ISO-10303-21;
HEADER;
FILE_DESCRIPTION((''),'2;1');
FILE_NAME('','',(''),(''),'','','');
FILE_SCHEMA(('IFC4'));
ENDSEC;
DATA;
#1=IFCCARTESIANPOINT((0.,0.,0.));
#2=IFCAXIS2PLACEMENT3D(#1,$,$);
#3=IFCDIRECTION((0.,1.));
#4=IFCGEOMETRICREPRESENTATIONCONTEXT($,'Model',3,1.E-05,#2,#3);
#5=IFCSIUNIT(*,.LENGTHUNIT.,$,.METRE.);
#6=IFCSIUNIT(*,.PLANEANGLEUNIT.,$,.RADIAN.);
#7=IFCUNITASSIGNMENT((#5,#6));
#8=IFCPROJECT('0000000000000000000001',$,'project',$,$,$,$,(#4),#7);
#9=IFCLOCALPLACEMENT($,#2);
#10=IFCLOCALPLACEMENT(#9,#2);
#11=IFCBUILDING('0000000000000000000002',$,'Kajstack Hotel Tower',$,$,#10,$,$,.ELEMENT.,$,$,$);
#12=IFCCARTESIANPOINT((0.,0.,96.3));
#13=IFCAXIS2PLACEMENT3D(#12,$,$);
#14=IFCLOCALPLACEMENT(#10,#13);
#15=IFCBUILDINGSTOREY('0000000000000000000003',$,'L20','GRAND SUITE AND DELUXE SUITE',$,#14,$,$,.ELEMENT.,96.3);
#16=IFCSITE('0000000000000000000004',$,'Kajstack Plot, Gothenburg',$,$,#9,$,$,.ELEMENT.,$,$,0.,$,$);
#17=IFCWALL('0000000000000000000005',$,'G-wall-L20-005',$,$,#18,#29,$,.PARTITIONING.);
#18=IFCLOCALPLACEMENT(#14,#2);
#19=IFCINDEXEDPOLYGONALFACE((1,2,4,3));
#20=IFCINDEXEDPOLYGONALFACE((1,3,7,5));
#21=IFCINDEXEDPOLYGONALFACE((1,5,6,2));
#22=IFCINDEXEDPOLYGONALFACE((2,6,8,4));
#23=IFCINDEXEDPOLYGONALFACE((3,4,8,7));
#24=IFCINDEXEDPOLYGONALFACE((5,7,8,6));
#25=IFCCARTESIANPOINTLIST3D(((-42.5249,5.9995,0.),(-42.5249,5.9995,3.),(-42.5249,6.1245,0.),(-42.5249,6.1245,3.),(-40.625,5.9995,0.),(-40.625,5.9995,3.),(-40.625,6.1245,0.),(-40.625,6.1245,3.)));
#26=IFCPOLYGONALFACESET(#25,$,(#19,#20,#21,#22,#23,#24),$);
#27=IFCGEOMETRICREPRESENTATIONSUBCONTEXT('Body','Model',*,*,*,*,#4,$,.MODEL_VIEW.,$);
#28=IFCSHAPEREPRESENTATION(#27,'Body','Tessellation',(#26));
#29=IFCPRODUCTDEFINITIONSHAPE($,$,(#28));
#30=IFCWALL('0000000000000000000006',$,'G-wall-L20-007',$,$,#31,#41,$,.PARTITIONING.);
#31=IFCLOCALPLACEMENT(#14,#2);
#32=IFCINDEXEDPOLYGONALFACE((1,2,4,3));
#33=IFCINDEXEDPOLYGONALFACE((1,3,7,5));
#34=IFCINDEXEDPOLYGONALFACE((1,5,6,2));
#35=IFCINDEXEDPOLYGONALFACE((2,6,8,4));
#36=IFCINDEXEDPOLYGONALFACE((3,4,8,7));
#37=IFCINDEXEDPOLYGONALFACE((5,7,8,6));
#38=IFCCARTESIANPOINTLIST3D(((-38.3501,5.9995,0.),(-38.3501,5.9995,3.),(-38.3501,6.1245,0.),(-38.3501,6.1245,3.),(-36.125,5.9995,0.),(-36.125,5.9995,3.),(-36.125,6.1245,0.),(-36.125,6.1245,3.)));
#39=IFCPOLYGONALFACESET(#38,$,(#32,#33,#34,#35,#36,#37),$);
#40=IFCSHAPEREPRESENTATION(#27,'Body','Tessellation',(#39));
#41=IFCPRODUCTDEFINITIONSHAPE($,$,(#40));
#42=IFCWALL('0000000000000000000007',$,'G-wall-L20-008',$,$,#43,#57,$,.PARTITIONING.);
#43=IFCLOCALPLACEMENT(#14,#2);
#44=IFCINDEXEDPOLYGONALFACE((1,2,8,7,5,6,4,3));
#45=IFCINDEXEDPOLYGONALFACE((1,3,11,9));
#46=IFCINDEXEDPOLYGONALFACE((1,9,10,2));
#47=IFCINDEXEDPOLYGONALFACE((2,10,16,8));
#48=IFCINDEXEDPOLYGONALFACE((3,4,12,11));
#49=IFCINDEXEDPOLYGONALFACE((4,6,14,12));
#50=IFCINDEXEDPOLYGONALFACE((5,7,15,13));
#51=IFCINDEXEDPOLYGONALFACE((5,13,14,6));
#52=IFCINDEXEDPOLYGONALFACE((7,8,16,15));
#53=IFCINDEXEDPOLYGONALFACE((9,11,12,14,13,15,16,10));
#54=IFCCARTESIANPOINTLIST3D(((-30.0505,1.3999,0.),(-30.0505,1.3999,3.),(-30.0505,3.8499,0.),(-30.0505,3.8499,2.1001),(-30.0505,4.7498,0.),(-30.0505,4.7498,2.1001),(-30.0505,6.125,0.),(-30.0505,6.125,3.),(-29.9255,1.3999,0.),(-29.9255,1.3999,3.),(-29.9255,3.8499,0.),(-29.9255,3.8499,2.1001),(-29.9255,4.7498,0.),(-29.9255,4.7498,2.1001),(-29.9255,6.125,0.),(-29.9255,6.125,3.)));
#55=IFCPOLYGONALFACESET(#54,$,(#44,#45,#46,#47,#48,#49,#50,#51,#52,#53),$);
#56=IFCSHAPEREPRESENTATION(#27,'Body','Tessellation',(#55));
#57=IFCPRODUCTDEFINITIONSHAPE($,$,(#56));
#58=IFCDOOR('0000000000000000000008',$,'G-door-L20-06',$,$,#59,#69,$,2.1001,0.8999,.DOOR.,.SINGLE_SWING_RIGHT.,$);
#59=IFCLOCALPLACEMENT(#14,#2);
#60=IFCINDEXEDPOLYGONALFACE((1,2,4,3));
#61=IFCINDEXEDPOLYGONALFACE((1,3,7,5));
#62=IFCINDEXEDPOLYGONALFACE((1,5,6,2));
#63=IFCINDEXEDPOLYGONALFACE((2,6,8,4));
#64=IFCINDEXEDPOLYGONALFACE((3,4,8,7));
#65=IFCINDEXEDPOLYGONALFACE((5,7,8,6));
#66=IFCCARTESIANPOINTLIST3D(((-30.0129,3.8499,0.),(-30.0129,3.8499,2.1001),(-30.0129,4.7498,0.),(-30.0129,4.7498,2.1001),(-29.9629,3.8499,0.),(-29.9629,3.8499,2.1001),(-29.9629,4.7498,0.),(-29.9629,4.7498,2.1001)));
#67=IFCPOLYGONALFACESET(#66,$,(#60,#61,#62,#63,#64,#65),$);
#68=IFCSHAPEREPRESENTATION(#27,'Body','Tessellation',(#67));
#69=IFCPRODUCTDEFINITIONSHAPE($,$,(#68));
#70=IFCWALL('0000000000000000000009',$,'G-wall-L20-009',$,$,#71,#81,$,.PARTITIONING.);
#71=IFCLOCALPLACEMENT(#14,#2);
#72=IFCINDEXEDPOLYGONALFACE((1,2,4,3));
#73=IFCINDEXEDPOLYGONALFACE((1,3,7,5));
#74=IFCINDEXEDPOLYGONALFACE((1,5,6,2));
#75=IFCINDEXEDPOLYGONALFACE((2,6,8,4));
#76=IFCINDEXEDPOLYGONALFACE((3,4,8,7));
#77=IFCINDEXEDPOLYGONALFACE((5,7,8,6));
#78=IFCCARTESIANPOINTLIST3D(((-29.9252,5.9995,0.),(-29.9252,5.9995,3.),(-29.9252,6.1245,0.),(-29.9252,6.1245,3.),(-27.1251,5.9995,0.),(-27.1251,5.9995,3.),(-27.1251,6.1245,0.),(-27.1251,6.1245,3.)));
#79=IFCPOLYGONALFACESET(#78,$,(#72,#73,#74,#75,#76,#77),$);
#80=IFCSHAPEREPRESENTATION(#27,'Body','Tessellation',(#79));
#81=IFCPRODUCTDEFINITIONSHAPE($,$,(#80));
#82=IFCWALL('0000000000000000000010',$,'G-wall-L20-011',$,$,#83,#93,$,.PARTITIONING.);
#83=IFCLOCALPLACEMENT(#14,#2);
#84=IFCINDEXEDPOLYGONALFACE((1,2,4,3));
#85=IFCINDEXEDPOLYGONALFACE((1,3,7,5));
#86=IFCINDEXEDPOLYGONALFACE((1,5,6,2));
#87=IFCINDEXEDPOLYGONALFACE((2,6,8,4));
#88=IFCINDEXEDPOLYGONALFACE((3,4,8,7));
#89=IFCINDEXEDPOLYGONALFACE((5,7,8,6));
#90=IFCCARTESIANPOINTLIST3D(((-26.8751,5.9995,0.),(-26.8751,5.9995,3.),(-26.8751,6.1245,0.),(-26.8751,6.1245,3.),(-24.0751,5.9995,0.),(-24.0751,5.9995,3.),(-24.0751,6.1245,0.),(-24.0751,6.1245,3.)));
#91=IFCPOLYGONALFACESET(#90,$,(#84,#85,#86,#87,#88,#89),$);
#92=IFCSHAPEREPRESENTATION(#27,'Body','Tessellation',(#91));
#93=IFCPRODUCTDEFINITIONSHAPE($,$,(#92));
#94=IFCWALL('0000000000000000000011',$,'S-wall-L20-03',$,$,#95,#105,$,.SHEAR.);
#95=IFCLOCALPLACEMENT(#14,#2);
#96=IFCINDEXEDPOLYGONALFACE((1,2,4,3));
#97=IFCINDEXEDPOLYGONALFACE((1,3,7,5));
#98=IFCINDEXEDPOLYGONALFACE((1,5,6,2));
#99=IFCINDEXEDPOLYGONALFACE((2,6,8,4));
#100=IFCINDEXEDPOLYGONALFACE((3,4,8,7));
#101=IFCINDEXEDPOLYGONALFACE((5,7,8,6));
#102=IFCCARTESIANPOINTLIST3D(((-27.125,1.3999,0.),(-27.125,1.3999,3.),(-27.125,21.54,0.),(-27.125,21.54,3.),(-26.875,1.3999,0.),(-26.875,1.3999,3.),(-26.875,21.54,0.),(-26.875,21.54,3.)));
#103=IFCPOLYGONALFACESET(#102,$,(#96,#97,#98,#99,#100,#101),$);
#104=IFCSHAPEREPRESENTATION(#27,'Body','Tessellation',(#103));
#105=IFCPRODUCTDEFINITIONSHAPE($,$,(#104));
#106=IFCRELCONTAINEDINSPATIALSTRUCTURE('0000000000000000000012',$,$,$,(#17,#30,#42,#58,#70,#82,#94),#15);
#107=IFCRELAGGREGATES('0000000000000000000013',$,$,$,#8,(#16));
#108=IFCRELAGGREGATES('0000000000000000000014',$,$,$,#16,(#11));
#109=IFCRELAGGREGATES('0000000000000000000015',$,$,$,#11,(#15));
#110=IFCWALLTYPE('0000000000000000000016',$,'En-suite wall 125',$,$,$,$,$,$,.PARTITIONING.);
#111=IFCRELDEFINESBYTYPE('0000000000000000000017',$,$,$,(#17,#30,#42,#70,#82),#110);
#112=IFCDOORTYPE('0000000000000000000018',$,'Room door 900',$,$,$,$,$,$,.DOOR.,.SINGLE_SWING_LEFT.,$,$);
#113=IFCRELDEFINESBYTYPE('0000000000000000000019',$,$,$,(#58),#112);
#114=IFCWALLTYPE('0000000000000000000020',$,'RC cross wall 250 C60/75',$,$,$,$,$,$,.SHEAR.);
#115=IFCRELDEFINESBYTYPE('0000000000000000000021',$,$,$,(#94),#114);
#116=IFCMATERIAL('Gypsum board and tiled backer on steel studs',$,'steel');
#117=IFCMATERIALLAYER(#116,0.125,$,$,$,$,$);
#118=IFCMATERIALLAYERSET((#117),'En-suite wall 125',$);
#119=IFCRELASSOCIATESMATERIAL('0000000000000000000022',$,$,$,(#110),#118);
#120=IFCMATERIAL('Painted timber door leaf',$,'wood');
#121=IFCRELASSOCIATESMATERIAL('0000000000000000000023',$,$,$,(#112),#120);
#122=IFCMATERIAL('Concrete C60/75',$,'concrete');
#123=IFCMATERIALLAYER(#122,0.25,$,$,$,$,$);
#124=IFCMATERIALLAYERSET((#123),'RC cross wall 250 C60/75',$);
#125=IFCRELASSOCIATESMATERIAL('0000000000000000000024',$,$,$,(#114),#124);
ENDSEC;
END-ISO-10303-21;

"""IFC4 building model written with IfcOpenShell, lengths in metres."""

from ifc_helpers import new_model, si_unit, direction, frame, frame_2d, origin, place, context, subcontext, project, spatial, rectangle, extrude, material, layer, layer_set, type_object, element, fill, save


model = new_model("IFC4")

# Units and contexts
model_context = context("Model", 3, precision=1e-05, world=origin(), true_north=direction((0.0, 1.0)))
body_context = subcontext(model_context, "Body", "Model", "MODEL_VIEW")
ifc_project = project(units=[si_unit("LENGTHUNIT", "METRE"), si_unit("PLANEANGLEUNIT", "RADIAN")], contexts=[model_context])

# Site, building, storey
site_placement = place(None, origin())
site = spatial("IfcSite", under=ifc_project, at=site_placement, Name="Kajstack Plot, Gothenburg", CompositionType="ELEMENT", RefElevation=0.0)
building_placement = place(site_placement, origin())
building = spatial("IfcBuilding", under=site, at=building_placement, Name="Kajstack Hotel Tower", CompositionType="ELEMENT")
storey_placement = place(building_placement, frame((0.0, 0.0, 96.3)))
storey = spatial("IfcBuildingStorey", under=building, at=storey_placement, Name="L20", Description="GRAND SUITE AND DELUXE SUITE", CompositionType="ELEMENT", Elevation=96.3)

# Walls
ifc_material_1 = material(Name="Gypsum board and tiled backer on steel studs", Category="steel")
ifc_layer_1 = layer(ifc_material_1, 0.125)
ifc_layer_set_1 = layer_set([ifc_layer_1], Name="En-suite wall 125")
wall_type_1 = type_object("IfcWallType", Name="En-suite wall 125", PredefinedType="PARTITIONING", material=ifc_layer_set_1)
wall_1_placement = place(storey_placement, frame((-42.5249, 6.062, 0.0), z_axis=(0.0, 0.0, 1.0), x_axis=(1.0, 0.0, 0.0)))
element("IfcWall", 1, at=wall_1_placement, inside=storey, type_object=wall_type_1, Name="G-wall-L20-005", PredefinedType="PARTITIONING", context=body_context, shape_type="SweptSolid", body=[
    extrude(rectangle(XDim=1.8999, YDim=0.125, at=frame_2d((0.95, 0.0))), origin(), (0.0, 0.0, 1.0), 3.0),
])
wall_2_placement = place(storey_placement, frame((-38.3501, 6.062, 0.0), z_axis=(0.0, 0.0, 1.0), x_axis=(1.0, 0.0, 0.0)))
element("IfcWall", 2, at=wall_2_placement, inside=storey, type_object=wall_type_1, Name="G-wall-L20-007", PredefinedType="PARTITIONING", context=body_context, shape_type="SweptSolid", body=[
    extrude(rectangle(XDim=2.2251, YDim=0.125, at=frame_2d((1.1125, 0.0))), origin(), (0.0, 0.0, 1.0), 3.0),
])

# Wall, opening, door
wall_3_placement = place(storey_placement, frame((-29.988, 1.3999, 0.0), z_axis=(0.0, 0.0, 1.0), x_axis=(0.0, 1.0, 0.0)))
wall_3 = element("IfcWall", 3, at=wall_3_placement, inside=storey, type_object=wall_type_1, Name="G-wall-L20-008", PredefinedType="PARTITIONING", context=body_context, shape_type="SweptSolid", body=[
    extrude(rectangle(XDim=4.7251, YDim=0.125, at=frame_2d((2.3625, 0.0))), origin(), (0.0, 0.0, 1.0), 3.0),
])
opening_1_placement = place(wall_3_placement, frame((2.45, 0.0, 0.0)))
opening_1 = element("IfcOpeningElement", 4, at=opening_1_placement, cuts=wall_3, PredefinedType="OPENING", context=body_context, shape_type="SweptSolid", body=[
    extrude(rectangle(XDim=0.8999, YDim=2.1001, at=frame_2d((0.45, 1.05))), frame((0.0, 0.0725, 0.0), z_axis=(0.0, -1.0, 0.0), x_axis=(1.0, 0.0, 0.0)), (0.0, 0.0, 1.0), 0.145),
])
ifc_material_2 = material(Name="Painted timber door leaf", Category="wood")
door_type = type_object("IfcDoorType", Name="Room door 900", OperationType="SINGLE_SWING_LEFT", PredefinedType="DOOR", material=ifc_material_2)
door_placement = place(opening_1_placement, origin())
door = element("IfcDoor", 5, at=door_placement, inside=storey, type_object=door_type, Name="G-door-L20-06", OperationType="SINGLE_SWING_RIGHT", OverallHeight=2.1001, OverallWidth=0.8999, PredefinedType="DOOR", context=body_context, shape_type="SweptSolid", body=[
    extrude(rectangle(XDim=0.8999, YDim=2.1001, at=frame_2d((0.45, 1.05))), frame((0.0, 0.0249, 0.0), z_axis=(0.0, -1.0, 0.0), x_axis=(1.0, 0.0, 0.0)), (0.0, 0.0, 1.0), 0.05),
])
fill(opening_1, door)

# Walls
for number, where, z_axis, x_axis, name in (
    (6, (-29.925, 6.062, 0.0), (0.0, 0.0, 1.0), (1.0, 0.0, 0.0), "G-wall-L20-009"),
    (7, (-26.875, 6.062, 0.0), (0.0, 0.0, 1.0), (1.0, 0.0, 0.0), "G-wall-L20-011"),
):
    element("IfcWall", number, at=place(storey_placement, frame(where, z_axis=z_axis, x_axis=x_axis)), inside=storey, type_object=wall_type_1, Name=name, PredefinedType="PARTITIONING", context=body_context, shape_type="SweptSolid", body=[
        extrude(rectangle(XDim=2.8, YDim=0.125, at=frame_2d((1.3999, 0.0))), origin(), (0.0, 0.0, 1.0), 3.0),
    ])
ifc_material_3 = material(Name="Concrete C60/75", Category="concrete")
ifc_layer_2 = layer(ifc_material_3, 0.25)
ifc_layer_set_2 = layer_set([ifc_layer_2], Name="RC cross wall 250 C60/75")
wall_type_2 = type_object("IfcWallType", Name="RC cross wall 250 C60/75", PredefinedType="SHEAR", material=ifc_layer_set_2)
wall_4_placement = place(storey_placement, frame((-27.0, 1.3999, 0.0), z_axis=(0.0, 0.0, 1.0), x_axis=(0.0, 1.0, 0.0)))
element("IfcWall", 8, at=wall_4_placement, inside=storey, type_object=wall_type_2, Name="S-wall-L20-03", PredefinedType="SHEAR", context=body_context, shape_type="SweptSolid", body=[
    extrude(rectangle(XDim=20.1401, YDim=0.25, at=frame_2d((10.0701, 0.0))), origin(), (0.0, 0.0, 1.0), 3.0),
])

save(model, "model.ifc")
